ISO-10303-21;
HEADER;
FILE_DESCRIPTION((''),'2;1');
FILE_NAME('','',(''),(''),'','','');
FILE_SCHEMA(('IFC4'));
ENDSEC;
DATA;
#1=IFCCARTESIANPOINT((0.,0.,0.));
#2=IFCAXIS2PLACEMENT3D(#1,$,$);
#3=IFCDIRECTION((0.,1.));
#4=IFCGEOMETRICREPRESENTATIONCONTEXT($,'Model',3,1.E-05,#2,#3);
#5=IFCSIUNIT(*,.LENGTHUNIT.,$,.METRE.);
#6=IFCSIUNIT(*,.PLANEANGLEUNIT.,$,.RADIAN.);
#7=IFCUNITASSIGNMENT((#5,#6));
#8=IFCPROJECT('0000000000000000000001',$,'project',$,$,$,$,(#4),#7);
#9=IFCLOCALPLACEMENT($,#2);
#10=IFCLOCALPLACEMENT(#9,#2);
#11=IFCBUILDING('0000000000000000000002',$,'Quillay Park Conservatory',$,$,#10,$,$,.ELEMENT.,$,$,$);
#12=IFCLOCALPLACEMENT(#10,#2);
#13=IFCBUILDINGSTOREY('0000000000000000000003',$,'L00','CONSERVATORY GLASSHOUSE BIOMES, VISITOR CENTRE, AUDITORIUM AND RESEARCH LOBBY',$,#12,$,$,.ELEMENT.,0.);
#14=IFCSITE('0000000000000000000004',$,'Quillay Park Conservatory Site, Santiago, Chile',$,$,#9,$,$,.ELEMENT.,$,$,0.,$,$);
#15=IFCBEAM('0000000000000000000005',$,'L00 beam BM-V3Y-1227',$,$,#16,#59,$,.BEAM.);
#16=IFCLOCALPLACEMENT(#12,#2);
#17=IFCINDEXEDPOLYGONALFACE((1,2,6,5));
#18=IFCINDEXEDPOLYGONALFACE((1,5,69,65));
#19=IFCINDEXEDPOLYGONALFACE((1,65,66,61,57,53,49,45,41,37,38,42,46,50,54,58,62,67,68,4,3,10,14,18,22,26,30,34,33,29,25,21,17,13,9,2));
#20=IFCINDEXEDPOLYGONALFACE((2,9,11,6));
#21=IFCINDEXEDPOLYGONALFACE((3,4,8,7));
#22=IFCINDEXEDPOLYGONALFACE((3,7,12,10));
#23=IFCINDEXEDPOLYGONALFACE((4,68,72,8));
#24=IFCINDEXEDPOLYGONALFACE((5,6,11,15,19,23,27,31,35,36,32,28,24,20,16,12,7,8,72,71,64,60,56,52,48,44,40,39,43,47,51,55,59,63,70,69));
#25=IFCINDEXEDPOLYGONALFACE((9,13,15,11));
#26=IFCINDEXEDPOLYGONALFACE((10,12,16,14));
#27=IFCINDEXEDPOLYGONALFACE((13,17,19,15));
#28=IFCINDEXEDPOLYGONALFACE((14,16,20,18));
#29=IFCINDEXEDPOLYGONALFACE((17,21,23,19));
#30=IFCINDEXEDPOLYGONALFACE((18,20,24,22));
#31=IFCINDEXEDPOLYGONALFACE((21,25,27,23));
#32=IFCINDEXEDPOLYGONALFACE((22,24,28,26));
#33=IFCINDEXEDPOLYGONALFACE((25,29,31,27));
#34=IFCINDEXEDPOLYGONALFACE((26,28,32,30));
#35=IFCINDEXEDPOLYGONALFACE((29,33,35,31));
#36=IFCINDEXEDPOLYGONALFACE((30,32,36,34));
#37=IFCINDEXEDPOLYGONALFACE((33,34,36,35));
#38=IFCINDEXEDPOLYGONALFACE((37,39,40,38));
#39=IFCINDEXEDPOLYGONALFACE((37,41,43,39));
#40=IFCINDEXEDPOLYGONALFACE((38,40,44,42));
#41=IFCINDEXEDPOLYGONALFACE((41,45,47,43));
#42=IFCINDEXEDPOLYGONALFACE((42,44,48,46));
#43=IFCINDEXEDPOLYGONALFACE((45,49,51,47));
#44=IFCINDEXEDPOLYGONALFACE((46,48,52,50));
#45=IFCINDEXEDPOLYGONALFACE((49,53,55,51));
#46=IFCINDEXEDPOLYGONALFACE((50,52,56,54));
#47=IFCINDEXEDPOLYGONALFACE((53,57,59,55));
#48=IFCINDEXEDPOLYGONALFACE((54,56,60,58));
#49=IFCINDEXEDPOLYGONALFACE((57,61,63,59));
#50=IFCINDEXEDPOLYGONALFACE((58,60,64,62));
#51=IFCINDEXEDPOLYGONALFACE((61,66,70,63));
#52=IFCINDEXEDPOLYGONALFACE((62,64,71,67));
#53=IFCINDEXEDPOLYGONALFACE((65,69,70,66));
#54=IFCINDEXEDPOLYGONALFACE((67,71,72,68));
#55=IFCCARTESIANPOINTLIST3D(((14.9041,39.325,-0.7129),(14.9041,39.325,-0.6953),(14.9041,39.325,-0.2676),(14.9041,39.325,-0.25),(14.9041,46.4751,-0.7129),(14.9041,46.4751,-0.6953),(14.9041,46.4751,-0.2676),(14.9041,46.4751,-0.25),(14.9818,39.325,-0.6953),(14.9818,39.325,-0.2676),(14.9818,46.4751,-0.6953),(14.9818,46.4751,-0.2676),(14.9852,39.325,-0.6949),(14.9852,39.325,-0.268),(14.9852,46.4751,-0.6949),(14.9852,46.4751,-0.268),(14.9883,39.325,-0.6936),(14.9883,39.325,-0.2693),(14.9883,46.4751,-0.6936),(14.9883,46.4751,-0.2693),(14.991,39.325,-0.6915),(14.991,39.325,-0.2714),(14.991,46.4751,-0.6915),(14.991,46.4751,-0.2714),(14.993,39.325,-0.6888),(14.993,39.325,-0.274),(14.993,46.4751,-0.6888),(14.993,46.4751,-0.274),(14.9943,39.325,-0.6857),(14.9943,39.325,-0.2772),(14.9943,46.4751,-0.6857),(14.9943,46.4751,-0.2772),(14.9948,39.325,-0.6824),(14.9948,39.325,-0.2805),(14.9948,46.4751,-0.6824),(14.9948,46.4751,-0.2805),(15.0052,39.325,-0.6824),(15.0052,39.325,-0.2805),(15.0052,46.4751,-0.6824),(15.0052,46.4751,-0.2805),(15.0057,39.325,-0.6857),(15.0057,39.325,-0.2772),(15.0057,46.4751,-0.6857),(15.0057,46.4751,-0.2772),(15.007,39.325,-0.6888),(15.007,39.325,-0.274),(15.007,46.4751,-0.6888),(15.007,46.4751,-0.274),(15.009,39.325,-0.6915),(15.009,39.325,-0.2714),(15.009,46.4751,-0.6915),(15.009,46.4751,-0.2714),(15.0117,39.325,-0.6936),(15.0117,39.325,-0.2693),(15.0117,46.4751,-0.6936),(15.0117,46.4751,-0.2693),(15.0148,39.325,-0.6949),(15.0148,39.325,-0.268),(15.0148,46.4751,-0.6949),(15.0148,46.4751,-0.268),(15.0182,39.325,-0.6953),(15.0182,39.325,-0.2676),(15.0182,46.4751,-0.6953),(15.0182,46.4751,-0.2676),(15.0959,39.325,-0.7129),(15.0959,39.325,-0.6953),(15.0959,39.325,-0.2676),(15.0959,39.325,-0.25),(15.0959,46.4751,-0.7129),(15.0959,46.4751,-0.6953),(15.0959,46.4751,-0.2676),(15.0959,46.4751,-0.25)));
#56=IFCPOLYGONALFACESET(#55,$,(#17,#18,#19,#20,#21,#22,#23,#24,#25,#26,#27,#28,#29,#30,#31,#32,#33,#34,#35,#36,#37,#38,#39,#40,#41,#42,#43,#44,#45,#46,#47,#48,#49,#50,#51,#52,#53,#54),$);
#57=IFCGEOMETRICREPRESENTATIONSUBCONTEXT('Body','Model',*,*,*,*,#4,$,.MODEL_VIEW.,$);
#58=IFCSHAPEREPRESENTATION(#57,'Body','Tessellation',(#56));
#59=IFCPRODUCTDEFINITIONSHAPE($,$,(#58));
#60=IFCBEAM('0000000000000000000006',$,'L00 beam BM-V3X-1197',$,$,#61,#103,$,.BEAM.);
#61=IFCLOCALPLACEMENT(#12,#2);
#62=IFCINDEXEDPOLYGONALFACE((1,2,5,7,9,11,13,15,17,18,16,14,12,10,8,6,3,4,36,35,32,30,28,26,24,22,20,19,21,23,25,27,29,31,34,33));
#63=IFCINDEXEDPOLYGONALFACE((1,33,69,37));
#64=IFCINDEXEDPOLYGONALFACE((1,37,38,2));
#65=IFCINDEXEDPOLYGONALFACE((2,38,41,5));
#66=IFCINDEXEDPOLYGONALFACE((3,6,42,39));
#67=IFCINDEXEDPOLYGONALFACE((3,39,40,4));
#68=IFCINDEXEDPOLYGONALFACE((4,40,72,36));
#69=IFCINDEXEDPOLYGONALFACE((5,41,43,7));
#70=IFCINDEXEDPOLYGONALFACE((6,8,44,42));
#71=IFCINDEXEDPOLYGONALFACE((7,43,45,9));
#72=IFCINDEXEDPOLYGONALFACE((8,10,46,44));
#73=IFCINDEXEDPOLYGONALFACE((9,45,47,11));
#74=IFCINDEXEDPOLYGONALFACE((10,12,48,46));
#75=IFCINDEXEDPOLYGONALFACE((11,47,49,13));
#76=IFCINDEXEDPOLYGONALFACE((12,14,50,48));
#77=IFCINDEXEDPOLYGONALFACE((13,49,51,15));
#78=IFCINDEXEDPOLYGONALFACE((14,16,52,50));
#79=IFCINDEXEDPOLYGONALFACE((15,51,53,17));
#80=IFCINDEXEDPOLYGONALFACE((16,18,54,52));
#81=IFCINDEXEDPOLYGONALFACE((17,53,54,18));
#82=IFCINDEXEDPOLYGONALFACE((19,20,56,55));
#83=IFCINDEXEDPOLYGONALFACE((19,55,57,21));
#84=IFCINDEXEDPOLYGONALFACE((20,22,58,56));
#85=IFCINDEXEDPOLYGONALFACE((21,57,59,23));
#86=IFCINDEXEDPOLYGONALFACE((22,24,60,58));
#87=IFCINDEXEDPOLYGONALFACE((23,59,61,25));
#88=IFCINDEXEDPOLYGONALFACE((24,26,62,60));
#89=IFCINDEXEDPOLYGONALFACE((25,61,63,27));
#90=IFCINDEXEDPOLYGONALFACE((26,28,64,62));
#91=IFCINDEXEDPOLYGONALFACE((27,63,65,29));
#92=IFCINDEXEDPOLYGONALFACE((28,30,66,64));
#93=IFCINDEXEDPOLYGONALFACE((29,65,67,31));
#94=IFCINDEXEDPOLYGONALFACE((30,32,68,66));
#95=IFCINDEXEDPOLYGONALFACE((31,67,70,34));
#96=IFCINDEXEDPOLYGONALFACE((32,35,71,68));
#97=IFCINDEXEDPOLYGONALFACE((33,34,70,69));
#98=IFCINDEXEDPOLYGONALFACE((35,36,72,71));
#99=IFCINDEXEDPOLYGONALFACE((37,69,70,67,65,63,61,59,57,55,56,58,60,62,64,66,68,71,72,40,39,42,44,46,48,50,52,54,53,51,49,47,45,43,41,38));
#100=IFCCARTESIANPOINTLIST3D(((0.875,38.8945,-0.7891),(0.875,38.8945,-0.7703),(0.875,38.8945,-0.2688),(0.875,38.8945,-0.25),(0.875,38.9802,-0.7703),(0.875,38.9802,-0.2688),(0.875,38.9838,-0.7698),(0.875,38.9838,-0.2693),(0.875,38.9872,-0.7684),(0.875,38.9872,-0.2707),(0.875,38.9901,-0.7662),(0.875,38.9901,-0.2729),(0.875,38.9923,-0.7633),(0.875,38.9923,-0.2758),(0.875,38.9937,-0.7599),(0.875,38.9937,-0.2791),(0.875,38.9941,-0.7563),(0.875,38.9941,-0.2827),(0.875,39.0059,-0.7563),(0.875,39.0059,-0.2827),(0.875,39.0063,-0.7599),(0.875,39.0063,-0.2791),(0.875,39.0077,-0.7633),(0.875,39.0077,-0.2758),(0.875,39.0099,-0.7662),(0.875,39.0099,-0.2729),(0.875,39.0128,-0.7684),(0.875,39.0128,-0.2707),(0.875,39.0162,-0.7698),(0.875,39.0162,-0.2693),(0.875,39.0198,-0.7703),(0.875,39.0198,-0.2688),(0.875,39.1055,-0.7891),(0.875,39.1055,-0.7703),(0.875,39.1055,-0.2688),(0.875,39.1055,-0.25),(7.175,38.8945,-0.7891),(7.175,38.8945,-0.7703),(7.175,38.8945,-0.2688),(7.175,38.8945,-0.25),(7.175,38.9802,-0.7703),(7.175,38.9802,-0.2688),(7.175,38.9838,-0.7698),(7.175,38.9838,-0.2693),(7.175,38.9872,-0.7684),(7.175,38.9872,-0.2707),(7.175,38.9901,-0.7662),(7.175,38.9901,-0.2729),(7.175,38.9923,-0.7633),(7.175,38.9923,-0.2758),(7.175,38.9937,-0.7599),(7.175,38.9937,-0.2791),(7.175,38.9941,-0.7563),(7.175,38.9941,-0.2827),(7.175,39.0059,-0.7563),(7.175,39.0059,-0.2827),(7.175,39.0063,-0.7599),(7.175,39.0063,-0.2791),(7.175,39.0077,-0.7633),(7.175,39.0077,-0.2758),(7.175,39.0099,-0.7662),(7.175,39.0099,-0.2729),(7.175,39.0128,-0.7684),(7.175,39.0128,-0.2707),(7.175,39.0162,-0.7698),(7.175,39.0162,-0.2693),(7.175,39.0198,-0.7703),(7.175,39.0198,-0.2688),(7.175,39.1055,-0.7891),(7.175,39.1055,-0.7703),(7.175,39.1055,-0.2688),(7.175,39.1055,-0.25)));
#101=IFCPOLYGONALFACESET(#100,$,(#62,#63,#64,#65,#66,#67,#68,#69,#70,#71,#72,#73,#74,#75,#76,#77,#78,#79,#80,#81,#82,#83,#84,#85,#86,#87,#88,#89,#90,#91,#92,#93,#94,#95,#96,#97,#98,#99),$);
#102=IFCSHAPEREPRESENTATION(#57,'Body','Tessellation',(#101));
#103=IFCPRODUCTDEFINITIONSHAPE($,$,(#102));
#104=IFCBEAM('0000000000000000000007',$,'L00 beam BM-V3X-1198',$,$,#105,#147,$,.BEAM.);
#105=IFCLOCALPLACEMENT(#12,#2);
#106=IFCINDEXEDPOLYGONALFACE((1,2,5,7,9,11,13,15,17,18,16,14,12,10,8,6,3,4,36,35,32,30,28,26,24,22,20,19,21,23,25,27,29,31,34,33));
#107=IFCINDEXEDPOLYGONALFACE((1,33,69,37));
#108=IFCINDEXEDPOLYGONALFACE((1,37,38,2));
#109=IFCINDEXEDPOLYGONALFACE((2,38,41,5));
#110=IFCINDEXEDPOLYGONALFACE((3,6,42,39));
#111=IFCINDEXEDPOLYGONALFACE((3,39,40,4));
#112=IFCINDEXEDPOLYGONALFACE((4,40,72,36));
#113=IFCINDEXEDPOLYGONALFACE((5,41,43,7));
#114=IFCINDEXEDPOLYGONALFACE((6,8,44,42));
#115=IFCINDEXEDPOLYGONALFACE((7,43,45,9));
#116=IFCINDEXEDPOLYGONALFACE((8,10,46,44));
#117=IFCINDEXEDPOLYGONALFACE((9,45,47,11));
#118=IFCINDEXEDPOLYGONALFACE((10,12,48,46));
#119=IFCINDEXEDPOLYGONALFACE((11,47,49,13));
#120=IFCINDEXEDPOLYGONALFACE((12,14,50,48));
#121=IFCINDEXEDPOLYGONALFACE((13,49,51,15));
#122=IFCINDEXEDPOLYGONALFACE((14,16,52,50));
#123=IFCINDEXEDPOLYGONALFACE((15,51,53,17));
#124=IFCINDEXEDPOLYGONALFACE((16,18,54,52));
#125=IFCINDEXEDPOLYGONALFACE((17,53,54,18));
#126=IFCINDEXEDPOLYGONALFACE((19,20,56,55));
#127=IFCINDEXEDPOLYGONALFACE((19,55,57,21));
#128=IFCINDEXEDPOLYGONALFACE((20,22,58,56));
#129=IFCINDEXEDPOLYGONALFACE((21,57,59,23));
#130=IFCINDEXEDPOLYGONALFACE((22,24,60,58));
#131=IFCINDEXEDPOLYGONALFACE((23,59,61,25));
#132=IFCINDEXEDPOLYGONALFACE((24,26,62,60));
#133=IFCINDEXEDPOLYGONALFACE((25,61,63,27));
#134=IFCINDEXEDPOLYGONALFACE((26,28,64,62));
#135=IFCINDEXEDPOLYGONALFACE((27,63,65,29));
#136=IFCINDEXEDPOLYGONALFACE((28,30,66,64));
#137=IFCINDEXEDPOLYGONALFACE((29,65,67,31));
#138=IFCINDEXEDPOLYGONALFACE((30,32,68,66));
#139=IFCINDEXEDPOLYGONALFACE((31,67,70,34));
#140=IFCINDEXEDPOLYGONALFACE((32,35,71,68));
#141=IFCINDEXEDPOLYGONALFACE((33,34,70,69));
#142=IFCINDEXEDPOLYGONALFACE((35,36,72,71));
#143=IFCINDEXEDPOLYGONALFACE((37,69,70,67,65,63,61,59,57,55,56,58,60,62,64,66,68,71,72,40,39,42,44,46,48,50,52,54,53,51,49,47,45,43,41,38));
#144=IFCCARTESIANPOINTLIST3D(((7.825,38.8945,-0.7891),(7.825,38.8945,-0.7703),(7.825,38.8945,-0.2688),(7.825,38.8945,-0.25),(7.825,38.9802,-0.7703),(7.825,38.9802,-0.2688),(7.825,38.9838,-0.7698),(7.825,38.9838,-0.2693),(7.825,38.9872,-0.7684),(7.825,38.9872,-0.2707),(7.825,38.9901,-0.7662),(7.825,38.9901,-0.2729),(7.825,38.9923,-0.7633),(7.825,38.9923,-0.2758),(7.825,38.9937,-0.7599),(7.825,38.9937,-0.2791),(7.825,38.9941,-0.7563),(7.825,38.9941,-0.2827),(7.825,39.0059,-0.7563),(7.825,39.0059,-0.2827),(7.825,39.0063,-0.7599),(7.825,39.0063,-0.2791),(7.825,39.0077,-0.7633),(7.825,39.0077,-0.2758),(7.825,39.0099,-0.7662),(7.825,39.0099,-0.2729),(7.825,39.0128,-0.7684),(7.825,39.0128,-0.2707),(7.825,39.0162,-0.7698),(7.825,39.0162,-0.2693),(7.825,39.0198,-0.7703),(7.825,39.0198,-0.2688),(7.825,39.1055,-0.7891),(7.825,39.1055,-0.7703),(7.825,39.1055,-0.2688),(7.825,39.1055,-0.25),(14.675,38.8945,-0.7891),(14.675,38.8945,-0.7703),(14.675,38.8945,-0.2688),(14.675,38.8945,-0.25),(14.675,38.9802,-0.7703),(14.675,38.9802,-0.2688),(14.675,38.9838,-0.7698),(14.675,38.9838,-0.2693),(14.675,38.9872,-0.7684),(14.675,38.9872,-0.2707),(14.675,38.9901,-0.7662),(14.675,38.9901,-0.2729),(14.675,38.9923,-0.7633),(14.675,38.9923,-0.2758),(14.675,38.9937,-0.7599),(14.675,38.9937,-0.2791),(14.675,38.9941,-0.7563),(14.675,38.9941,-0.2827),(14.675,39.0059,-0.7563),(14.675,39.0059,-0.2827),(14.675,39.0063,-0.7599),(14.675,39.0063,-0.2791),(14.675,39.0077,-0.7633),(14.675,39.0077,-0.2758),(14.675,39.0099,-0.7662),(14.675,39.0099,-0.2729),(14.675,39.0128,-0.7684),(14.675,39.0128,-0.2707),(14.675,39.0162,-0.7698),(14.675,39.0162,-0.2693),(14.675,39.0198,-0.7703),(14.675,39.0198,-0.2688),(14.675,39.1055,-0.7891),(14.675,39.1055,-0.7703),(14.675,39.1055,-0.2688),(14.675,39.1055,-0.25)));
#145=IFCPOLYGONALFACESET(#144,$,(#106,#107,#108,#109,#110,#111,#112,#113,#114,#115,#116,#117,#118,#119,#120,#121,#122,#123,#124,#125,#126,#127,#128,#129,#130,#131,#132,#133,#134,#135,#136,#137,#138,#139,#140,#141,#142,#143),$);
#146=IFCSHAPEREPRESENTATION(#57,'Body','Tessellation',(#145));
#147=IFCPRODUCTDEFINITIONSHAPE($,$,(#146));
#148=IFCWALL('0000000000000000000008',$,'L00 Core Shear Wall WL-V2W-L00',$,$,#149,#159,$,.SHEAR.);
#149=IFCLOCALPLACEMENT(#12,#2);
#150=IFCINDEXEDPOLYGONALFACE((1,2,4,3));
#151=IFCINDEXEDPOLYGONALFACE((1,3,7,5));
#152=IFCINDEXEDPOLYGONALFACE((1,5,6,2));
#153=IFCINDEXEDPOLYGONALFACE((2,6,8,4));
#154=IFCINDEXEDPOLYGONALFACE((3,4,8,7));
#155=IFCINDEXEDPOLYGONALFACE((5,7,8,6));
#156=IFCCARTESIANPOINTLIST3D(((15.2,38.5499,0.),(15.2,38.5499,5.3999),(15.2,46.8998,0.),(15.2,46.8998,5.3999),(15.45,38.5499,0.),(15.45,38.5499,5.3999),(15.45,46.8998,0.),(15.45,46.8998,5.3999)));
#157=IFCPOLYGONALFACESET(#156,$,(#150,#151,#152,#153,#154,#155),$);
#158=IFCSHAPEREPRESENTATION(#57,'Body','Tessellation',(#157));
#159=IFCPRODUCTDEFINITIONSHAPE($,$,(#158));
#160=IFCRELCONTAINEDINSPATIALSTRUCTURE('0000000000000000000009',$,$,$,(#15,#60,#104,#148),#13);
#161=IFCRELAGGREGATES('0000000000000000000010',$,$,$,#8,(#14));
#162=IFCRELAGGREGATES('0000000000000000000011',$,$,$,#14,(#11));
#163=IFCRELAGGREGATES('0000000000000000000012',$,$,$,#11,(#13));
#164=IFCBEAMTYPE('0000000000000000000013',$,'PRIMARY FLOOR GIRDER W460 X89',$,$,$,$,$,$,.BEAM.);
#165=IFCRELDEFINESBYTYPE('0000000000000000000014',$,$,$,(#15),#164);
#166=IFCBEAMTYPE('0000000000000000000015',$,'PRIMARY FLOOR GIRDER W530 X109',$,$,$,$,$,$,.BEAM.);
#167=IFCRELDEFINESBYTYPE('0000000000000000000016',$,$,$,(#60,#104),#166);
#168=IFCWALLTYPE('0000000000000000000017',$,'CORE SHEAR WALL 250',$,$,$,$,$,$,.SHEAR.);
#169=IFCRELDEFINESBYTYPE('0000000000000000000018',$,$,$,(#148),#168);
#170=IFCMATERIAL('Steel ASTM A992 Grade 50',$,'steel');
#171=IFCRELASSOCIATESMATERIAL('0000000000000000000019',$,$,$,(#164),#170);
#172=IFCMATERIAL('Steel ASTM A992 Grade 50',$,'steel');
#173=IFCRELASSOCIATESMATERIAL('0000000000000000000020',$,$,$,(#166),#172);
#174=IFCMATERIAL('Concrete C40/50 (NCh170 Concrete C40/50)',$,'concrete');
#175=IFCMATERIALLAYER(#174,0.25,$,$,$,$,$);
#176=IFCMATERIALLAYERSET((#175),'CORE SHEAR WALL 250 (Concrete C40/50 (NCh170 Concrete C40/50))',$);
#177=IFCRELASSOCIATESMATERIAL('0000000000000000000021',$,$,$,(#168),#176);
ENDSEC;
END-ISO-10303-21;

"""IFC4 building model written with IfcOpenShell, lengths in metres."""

from ifc_helpers import new_model, si_unit, direction, frame, frame_2d, origin, origin_2d, place, context, subcontext, project, spatial, rectangle, i_section, extrude, material, layer, layer_set, material_profile, profile_set, type_object, element, save


model = new_model("IFC4")

# Units and contexts
model_context = context("Model", 3, precision=1e-05, world=origin(), true_north=direction((0.0, 1.0)))
body_context = subcontext(model_context, "Body", "Model", "MODEL_VIEW")
ifc_project = project(units=[si_unit("LENGTHUNIT", "METRE"), si_unit("PLANEANGLEUNIT", "RADIAN")], contexts=[model_context])

# Site, building, storey
site_placement = place(None, origin())
site = spatial("IfcSite", under=ifc_project, at=site_placement, Name="Quillay Park Conservatory Site, Santiago, Chile", CompositionType="ELEMENT", RefElevation=0.0)
building_placement = place(site_placement, origin())
building = spatial("IfcBuilding", under=site, at=building_placement, Name="Quillay Park Conservatory", CompositionType="ELEMENT")
storey_placement = place(building_placement, origin())
storey = spatial("IfcBuildingStorey", under=building, at=storey_placement, Name="L00", Description="CONSERVATORY GLASSHOUSE BIOMES, VISITOR CENTRE, AUDITORIUM AND RESEARCH LOBBY", CompositionType="ELEMENT", Elevation=0.0)

# Beams
ifc_material_1 = material(Name="Steel ASTM A992 Grade 50", Category="steel")
ifc_material_profile_1 = material_profile(ifc_material_1, i_section(OverallWidth=0.1919, OverallDepth=0.4629, WebThickness=0.0105, FlangeThickness=0.0176, FilletRadius=0.0129, at=origin_2d()), Name="W460x89")
ifc_profile_set_1 = profile_set([ifc_material_profile_1], Name="Steel ASTM A992 Grade 50")
beam_type_1 = type_object("IfcBeamType", Name="PRIMARY FLOOR GIRDER W460 X89", PredefinedType="BEAM", material=ifc_profile_set_1)
for number, where, z_axis, x_axis, name in (
    (1, (15.0, 39.325, -0.4814), (0.0, 1.0, 0.0), (-1.0, 0.0, 0.0), "L00 beam BM-V3Y-1227"),
):
    element("IfcBeam", number, at=place(storey_placement, frame(where, z_axis=z_axis, x_axis=x_axis)), inside=storey, type_object=beam_type_1, Name=name, PredefinedType="BEAM", context=body_context, shape_type="SweptSolid", body=[
        extrude(i_section(OverallWidth=0.1919, OverallDepth=0.4629, WebThickness=0.0105, FlangeThickness=0.0176, FilletRadius=0.0129, at=origin_2d()), origin(), (0.0, 0.0, 1.0), 7.1501),
    ])
ifc_material_2 = material(Name="Steel ASTM A992 Grade 50", Category="steel")
ifc_material_profile_2 = material_profile(ifc_material_2, i_section(OverallWidth=0.2109, OverallDepth=0.5391, WebThickness=0.0117, FlangeThickness=0.0188, FilletRadius=0.0139, at=origin_2d()), Name="W530x109")
ifc_profile_set_2 = profile_set([ifc_material_profile_2], Name="Steel ASTM A992 Grade 50")
beam_type_2 = type_object("IfcBeamType", Name="PRIMARY FLOOR GIRDER W530 X109", PredefinedType="BEAM", material=ifc_profile_set_2)
beam_1_placement = place(storey_placement, frame((0.875, 39.0, -0.5195), z_axis=(1.0, 0.0, 0.0), x_axis=(0.0, 1.0, 0.0)))
element("IfcBeam", 2, at=beam_1_placement, inside=storey, type_object=beam_type_2, Name="L00 beam BM-V3X-1197", PredefinedType="BEAM", context=body_context, shape_type="SweptSolid", body=[
    extrude(i_section(OverallWidth=0.2109, OverallDepth=0.5391, WebThickness=0.0117, FlangeThickness=0.0188, FilletRadius=0.0139, at=origin_2d()), origin(), (0.0, 0.0, 1.0), 6.3),
])
beam_2_placement = place(storey_placement, frame((7.825, 39.0, -0.5195), z_axis=(1.0, 0.0, 0.0), x_axis=(0.0, 1.0, 0.0)))
element("IfcBeam", 3, at=beam_2_placement, inside=storey, type_object=beam_type_2, Name="L00 beam BM-V3X-1198", PredefinedType="BEAM", context=body_context, shape_type="SweptSolid", body=[
    extrude(i_section(OverallWidth=0.2109, OverallDepth=0.5391, WebThickness=0.0117, FlangeThickness=0.0188, FilletRadius=0.0139, at=origin_2d()), origin(), (0.0, 0.0, 1.0), 6.8501),
])

# Wall
ifc_material_3 = material(Name="Concrete C40/50 (NCh170 Concrete C40/50)", Category="concrete")
ifc_layer_1 = layer(ifc_material_3, 0.25)
ifc_layer_set_1 = layer_set([ifc_layer_1], Name="CORE SHEAR WALL 250 (Concrete C40/50 (NCh170 Concrete C40/50))")
wall_type_1 = type_object("IfcWallType", Name="CORE SHEAR WALL 250", PredefinedType="SHEAR", material=ifc_layer_set_1)
wall_1_placement = place(storey_placement, frame((15.325, 38.55, 0.0), z_axis=(0.0, 0.0, 1.0), x_axis=(0.0, 1.0, 0.0)))
element("IfcWall", 4, at=wall_1_placement, inside=storey, type_object=wall_type_1, Name="L00 Core Shear Wall WL-V2W-L00", PredefinedType="SHEAR", context=body_context, shape_type="SweptSolid", body=[
    extrude(rectangle(XDim=8.3499, YDim=0.25, at=frame_2d((4.1748, 0.0))), origin(), (0.0, 0.0, 1.0), 5.3999),
])

save(model, "model.ifc")
